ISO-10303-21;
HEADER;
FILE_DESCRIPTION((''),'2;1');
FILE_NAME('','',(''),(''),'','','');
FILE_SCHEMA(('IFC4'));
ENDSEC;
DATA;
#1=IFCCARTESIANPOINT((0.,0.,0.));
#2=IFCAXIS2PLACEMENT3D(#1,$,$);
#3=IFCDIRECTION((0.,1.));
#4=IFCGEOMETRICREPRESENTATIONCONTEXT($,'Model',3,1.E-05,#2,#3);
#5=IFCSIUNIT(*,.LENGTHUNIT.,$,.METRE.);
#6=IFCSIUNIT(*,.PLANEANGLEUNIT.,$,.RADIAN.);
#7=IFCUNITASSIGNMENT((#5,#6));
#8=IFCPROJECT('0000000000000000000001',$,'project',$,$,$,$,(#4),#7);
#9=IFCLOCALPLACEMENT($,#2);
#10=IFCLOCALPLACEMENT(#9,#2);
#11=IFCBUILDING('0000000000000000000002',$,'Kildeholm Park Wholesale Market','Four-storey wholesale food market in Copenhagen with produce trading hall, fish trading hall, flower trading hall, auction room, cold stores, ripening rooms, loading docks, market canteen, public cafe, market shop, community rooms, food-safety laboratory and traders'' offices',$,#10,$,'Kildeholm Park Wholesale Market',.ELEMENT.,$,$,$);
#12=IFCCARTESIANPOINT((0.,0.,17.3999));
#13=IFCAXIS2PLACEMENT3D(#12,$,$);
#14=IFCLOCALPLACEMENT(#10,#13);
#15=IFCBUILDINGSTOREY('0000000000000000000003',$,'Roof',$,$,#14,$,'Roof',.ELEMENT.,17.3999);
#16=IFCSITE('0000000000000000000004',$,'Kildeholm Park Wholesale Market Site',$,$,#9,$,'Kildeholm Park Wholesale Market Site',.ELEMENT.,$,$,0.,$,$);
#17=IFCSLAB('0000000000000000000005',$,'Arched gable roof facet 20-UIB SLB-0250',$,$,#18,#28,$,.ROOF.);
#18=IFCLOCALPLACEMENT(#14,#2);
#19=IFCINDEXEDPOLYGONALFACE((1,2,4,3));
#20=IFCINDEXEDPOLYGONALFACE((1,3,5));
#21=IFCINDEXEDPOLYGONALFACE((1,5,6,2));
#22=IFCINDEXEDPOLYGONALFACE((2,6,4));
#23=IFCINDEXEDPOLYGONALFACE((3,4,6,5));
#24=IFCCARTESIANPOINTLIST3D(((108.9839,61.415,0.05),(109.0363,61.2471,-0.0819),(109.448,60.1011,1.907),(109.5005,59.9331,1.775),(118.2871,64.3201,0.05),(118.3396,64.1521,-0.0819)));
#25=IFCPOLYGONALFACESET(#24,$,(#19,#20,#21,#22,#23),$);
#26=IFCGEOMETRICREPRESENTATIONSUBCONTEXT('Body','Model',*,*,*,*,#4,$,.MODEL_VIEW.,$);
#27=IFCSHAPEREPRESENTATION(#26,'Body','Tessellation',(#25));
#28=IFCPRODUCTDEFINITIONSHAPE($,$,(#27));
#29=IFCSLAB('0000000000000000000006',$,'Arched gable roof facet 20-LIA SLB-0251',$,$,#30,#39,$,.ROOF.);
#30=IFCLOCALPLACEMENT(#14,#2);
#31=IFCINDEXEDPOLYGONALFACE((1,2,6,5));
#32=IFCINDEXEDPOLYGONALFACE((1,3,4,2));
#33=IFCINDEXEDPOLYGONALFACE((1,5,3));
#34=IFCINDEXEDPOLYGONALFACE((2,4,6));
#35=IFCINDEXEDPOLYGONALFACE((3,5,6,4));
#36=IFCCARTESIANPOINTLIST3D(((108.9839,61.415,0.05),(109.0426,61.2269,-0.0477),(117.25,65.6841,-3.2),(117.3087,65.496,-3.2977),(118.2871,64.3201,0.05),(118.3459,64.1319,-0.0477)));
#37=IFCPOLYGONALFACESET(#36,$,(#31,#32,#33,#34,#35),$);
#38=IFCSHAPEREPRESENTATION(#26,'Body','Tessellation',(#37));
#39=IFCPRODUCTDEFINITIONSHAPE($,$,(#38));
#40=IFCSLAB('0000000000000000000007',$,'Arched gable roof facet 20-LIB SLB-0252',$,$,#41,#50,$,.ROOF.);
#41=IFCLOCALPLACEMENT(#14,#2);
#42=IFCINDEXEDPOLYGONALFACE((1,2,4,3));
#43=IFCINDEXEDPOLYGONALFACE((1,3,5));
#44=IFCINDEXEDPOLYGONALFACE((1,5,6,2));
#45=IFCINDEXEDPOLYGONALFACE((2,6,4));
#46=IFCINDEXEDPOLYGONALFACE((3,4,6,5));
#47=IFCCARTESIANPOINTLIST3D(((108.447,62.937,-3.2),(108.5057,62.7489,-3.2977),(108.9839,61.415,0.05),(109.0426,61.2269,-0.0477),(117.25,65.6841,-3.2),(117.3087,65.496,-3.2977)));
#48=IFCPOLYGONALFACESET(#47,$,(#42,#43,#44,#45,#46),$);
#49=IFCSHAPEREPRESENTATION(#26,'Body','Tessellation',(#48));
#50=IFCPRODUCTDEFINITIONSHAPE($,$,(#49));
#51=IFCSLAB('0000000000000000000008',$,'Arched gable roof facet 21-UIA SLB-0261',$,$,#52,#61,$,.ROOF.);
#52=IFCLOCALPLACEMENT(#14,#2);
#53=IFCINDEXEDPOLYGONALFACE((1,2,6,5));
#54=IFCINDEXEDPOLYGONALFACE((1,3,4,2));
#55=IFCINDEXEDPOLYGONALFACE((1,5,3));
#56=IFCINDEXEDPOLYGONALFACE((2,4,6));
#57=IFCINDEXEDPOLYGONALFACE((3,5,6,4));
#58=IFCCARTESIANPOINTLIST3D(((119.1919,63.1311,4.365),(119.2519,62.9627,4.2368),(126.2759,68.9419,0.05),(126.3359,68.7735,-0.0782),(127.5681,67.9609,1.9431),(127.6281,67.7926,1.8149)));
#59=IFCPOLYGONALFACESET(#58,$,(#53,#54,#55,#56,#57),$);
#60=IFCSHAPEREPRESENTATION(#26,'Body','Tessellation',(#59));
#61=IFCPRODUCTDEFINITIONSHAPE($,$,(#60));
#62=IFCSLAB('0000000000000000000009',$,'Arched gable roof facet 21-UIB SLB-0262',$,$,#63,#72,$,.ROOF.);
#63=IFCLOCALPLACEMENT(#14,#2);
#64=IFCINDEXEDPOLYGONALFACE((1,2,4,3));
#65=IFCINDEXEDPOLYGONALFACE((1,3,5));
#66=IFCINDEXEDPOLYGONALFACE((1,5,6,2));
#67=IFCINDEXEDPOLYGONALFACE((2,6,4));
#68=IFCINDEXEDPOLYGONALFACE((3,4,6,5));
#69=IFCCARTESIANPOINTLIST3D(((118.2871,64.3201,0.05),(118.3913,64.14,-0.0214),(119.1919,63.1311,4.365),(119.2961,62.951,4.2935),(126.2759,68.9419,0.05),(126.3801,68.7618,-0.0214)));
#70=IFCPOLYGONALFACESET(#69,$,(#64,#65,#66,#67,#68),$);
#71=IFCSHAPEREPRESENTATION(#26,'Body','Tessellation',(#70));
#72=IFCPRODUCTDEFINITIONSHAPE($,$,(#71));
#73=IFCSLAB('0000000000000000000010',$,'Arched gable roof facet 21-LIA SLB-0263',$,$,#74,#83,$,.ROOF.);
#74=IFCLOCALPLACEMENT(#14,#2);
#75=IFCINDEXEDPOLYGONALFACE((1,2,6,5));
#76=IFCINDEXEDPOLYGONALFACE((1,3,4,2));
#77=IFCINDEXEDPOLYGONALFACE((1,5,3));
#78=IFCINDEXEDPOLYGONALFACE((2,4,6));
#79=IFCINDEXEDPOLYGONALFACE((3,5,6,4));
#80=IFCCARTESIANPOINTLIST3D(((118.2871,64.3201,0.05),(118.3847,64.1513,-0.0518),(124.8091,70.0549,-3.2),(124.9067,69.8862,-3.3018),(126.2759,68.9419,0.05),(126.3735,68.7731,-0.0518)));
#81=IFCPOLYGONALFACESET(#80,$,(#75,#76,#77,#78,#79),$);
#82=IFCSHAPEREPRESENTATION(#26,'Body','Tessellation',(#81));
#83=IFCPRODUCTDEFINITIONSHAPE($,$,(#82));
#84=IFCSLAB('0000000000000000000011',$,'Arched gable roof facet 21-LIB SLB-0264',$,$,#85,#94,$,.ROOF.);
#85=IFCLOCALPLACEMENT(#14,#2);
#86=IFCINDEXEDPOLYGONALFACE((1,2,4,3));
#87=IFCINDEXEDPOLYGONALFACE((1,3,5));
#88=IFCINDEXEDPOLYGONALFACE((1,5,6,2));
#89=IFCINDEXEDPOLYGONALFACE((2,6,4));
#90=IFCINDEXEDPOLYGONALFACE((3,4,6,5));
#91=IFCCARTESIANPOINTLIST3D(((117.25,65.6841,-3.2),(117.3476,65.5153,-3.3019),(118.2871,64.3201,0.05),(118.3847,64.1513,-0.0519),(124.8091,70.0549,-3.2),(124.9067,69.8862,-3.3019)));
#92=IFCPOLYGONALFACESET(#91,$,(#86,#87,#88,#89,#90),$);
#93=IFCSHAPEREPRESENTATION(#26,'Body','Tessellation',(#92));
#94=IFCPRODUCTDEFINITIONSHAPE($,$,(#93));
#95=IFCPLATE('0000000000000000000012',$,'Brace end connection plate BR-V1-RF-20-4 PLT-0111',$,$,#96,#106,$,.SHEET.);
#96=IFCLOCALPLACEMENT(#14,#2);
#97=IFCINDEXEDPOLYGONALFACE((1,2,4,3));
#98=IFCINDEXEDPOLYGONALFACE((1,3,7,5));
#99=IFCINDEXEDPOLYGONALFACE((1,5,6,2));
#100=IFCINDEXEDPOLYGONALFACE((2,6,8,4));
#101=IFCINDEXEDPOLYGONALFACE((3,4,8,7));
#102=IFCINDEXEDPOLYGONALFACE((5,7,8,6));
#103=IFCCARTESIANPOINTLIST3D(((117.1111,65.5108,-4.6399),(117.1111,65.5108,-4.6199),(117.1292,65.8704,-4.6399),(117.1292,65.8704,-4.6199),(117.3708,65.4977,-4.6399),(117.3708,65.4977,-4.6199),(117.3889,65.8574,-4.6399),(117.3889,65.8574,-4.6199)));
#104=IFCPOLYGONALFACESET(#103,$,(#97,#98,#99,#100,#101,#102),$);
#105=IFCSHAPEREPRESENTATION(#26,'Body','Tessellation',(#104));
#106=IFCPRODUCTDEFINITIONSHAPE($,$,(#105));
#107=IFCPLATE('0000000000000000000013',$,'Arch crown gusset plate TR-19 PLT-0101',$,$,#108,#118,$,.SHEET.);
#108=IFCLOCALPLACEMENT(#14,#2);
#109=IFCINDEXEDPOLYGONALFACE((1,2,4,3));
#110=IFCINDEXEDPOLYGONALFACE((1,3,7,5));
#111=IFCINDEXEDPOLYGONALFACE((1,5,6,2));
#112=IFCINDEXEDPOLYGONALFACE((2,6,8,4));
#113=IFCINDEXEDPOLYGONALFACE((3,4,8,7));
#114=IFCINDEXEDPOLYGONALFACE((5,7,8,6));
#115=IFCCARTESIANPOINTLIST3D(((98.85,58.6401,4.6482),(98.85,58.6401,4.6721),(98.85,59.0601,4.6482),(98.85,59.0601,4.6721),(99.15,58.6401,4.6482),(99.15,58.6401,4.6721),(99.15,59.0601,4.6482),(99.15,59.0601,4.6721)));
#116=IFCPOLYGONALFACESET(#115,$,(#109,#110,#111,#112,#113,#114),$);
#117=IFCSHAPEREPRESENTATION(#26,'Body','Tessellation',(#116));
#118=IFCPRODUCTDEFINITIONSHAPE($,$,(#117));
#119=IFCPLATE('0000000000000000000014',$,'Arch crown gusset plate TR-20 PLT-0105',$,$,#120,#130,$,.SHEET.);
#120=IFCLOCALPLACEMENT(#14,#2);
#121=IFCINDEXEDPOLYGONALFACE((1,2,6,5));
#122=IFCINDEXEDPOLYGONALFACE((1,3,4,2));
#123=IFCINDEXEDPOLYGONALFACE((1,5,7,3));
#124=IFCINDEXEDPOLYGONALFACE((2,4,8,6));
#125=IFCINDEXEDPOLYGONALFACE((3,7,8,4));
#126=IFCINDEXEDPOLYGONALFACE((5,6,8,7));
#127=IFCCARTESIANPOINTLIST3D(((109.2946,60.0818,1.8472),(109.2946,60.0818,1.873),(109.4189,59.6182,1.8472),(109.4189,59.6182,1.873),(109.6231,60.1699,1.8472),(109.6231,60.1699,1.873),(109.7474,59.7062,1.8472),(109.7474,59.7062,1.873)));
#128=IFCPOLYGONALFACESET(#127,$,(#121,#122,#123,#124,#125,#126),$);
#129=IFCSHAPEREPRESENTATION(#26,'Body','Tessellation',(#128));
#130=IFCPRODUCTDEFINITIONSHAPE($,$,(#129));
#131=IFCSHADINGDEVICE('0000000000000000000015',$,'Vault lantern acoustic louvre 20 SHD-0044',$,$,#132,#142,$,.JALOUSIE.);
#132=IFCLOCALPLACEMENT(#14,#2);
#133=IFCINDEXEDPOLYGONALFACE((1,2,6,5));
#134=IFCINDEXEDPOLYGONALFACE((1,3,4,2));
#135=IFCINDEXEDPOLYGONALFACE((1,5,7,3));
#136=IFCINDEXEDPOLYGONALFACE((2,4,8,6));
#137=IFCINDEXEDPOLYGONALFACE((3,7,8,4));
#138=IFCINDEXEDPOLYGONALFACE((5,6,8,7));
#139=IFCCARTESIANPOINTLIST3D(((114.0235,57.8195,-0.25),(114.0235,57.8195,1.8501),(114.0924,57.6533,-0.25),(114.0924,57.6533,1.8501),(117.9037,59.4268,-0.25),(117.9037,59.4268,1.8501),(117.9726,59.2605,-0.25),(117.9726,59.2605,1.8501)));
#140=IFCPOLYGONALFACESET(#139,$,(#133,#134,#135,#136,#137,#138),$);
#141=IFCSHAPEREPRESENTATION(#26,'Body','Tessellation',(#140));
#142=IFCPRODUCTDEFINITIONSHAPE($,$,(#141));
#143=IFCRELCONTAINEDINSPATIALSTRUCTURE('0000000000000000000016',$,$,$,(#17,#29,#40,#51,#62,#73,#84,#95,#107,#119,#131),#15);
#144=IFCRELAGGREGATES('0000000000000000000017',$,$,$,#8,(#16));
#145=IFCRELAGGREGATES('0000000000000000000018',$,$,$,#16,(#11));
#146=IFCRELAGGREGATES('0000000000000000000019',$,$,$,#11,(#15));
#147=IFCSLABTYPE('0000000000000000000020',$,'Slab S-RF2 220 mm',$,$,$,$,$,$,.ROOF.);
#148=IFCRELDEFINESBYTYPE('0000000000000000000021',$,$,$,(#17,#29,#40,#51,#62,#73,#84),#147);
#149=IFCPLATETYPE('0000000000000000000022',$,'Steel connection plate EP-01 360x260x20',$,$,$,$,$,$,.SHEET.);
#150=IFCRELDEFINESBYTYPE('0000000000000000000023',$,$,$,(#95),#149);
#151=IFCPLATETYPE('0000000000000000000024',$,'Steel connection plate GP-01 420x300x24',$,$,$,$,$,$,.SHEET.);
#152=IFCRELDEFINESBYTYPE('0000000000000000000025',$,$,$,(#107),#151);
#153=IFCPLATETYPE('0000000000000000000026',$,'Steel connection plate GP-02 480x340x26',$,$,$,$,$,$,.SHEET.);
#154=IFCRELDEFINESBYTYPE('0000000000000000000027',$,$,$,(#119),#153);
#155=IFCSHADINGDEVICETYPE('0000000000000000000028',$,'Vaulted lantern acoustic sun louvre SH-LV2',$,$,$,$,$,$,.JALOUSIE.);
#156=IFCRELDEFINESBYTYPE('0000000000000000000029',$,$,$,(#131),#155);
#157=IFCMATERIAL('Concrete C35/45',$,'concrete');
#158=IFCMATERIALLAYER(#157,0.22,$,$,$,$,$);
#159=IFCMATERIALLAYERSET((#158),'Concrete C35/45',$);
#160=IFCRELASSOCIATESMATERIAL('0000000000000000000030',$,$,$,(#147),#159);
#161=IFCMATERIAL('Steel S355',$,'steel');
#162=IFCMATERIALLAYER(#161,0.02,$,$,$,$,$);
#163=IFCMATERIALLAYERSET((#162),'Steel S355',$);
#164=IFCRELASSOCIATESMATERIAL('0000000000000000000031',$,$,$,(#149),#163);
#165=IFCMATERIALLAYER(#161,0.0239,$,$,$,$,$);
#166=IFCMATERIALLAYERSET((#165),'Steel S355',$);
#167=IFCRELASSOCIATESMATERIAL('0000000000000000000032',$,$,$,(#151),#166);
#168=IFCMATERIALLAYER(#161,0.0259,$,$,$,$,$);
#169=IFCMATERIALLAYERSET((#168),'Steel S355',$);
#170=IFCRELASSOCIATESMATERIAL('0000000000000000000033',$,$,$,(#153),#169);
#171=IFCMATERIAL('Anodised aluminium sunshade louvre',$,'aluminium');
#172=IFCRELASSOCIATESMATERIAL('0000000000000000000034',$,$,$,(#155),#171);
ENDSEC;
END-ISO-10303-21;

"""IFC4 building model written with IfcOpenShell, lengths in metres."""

from ifc_helpers import new_model, si_unit, direction, frame, origin, origin_2d, place, context, subcontext, project, spatial, polyline, rectangle, outline, extrude, material, layer, layer_set, type_object, element, save


model = new_model("IFC4")

# Units and contexts
model_context = context("Model", 3, precision=1e-05, world=origin(), true_north=direction((0.0, 1.0)))
body_context = subcontext(model_context, "Body", "Model", "MODEL_VIEW")
ifc_project = project(units=[si_unit("LENGTHUNIT", "METRE"), si_unit("PLANEANGLEUNIT", "RADIAN")], contexts=[model_context])

# Site, building, storey
site_placement = place(None, origin())
site = spatial("IfcSite", under=ifc_project, at=site_placement, Name="Kildeholm Park Wholesale Market Site", LongName="Kildeholm Park Wholesale Market Site", CompositionType="ELEMENT", RefElevation=0.0)
building_placement = place(site_placement, origin())
building = spatial("IfcBuilding", under=site, at=building_placement, Name="Kildeholm Park Wholesale Market", Description="Four-storey wholesale food market in Copenhagen with produce trading hall, fish trading hall, flower trading hall, auction room, cold stores, ripening rooms, loading docks, market canteen, public cafe, market shop, community rooms, food-safety laboratory and traders' offices", LongName="Kildeholm Park Wholesale Market", CompositionType="ELEMENT")
storey_placement = place(building_placement, frame((0.0, 0.0, 17.3999)))
storey = spatial("IfcBuildingStorey", under=building, at=storey_placement, Name="Roof", LongName="Roof", CompositionType="ELEMENT", Elevation=17.3999)

# Shared definitions
ifc_material_1 = material(Name="Steel S355", Category="steel")

# Slabs
ifc_material_2 = material(Name="Concrete C35/45", Category="concrete")
ifc_layer_1 = layer(ifc_material_2, 0.22)
ifc_layer_set_1 = layer_set([ifc_layer_1], Name="Concrete C35/45")
slab_type = type_object("IfcSlabType", Name="Slab S-RF2 220 mm", PredefinedType="ROOF", material=ifc_layer_set_1)
slab_1_placement = place(storey_placement, frame((109.448, 60.1011, 1.907), z_axis=(-0.238461, 0.763661, 0.599965), x_axis=(0.886673, 0.423218, -0.186274)))
element("IfcSlab", 1, at=slab_1_placement, inside=storey, type_object=slab_type, Name="Arched gable roof facet 20-UIB SLB-0250", PredefinedType="ROOF", context=body_context, shape_type="SweptSolid", body=[
    extrude(outline(polyline([(0.0, 0.0), (9.9689, 0.0), (0.4905, 2.2693), (0.0, 0.0)])), origin(), (0.0, 0.0, -1.0), 0.22),
])
slab_2_placement = place(storey_placement, frame((108.9839, 61.415, 0.05), z_axis=(-0.267053, 0.855225, 0.444154), x_axis=(0.954545, 0.298067, 0.0)))
element("IfcSlab", 2, at=slab_2_placement, inside=storey, type_object=slab_type, Name="Arched gable roof facet 20-LIA SLB-0251", PredefinedType="ROOF", context=body_context, shape_type="SweptSolid", body=[
    extrude(outline(polyline([(0.0, 0.0), (9.7462, 0.0), (9.1628, 3.6274), (0.0, 0.0)])), origin(), (0.0, 0.0, -1.0), 0.22),
])
slab_3_placement = place(storey_placement, frame((108.9839, 61.415, 0.05), z_axis=(-0.266844, 0.855099, 0.444522), x_axis=(0.838796, 0.433197, -0.329791)))
element("IfcSlab", 3, at=slab_3_placement, inside=storey, type_object=slab_type, Name="Arched gable roof facet 20-LIB SLB-0252", PredefinedType="ROOF", context=body_context, shape_type="SweptSolid", body=[
    extrude(outline(polyline([(0.0, 0.0), (9.8547, 0.0), (1.2808, 3.3951), (0.0, 0.0)])), origin(), (0.0, 0.0, -1.0), 0.22),
])
slab_4_placement = place(storey_placement, frame((119.1919, 63.1311, 4.365), z_axis=(-0.27282, 0.765409, 0.582854), x_axis=(0.840341, 0.484551, -0.242974)))
element("IfcSlab", 4, at=slab_4_placement, inside=storey, type_object=slab_type, Name="Arched gable roof facet 21-UIA SLB-0261", PredefinedType="ROOF", context=body_context, shape_type="SweptSolid", body=[
    extrude(outline(polyline([(0.0, 0.0), (9.9676, 0.0), (9.817, 2.4886), (0.0, 0.0)])), origin(), (0.0, 0.0, -1.0), 0.22),
])
slab_5_placement = place(storey_placement, frame((119.1919, 63.1311, 4.365), z_axis=(-0.473608, 0.818626, 0.324879), x_axis=(0.699478, 0.573762, -0.426061)))
element("IfcSlab", 5, at=slab_5_placement, inside=storey, type_object=slab_type, Name="Arched gable roof facet 21-UIB SLB-0262", PredefinedType="ROOF", context=body_context, shape_type="SweptSolid", body=[
    extrude(outline(polyline([(0.0, 0.0), (10.1275, 0.0), (1.8877, 4.1578), (0.0, 0.0)])), origin(), (0.0, 0.0, -1.0), 0.22),
])
slab_6_placement = place(storey_placement, frame((118.2871, 64.3201, 0.05), z_axis=(-0.443848, 0.767186, 0.463059), x_axis=(0.865579, 0.500772, 0.0)))
element("IfcSlab", 6, at=slab_6_placement, inside=storey, type_object=slab_type, Name="Arched gable roof facet 21-LIA SLB-0263", PredefinedType="ROOF", context=body_context, shape_type="SweptSolid", body=[
    extrude(outline(polyline([(0.0, 0.0), (9.2294, 0.0), (8.5171, 3.6668), (0.0, 0.0)])), origin(), (0.0, 0.0, -1.0), 0.22),
])
slab_7_placement = place(storey_placement, frame((118.2871, 64.3201, 0.05), z_axis=(-0.443554, 0.767096, 0.46349), x_axis=(0.703334, 0.618452, -0.350482)))
element("IfcSlab", 7, at=slab_7_placement, inside=storey, type_object=slab_type, Name="Arched gable roof facet 21-LIB SLB-0264", PredefinedType="ROOF", context=body_context, shape_type="SweptSolid", body=[
    extrude(outline(polyline([(0.0, 0.0), (9.2729, 0.0), (1.2532, 3.4537), (0.0, 0.0)])), origin(), (0.0, 0.0, -1.0), 0.22),
])

# Plates
ifc_layer_2 = layer(ifc_material_1, 0.02)
ifc_layer_set_2 = layer_set([ifc_layer_2], Name="Steel S355")
plate_type_1 = type_object("IfcPlateType", Name="Steel connection plate EP-01 360x260x20", PredefinedType="SHEET", material=ifc_layer_set_2)
plate_1_placement = place(storey_placement, frame((117.25, 65.6841, -4.6399), z_axis=(0.0, 0.0, 1.0), x_axis=(0.050244, 0.998737, 0.0)))
element("IfcPlate", 8, at=plate_1_placement, inside=storey, type_object=plate_type_1, Name="Brace end connection plate BR-V1-RF-20-4 PLT-0111", PredefinedType="SHEET", context=body_context, shape_type="SweptSolid", body=[
    extrude(rectangle(XDim=0.3601, YDim=0.26, at=origin_2d()), origin(), (0.0, 0.0, 1.0), 0.02),
])
ifc_layer_3 = layer(ifc_material_1, 0.0239)
ifc_layer_set_3 = layer_set([ifc_layer_3], Name="Steel S355")
plate_type_2 = type_object("IfcPlateType", Name="Steel connection plate GP-01 420x300x24", PredefinedType="SHEET", material=ifc_layer_set_3)
plate_2_placement = place(storey_placement, frame((99.0, 58.8501, 4.6482), z_axis=(0.0, 0.0, 1.0), x_axis=(0.0, -1.0, 0.0)))
element("IfcPlate", 9, at=plate_2_placement, inside=storey, type_object=plate_type_2, Name="Arch crown gusset plate TR-19 PLT-0101", PredefinedType="SHEET", context=body_context, shape_type="SweptSolid", body=[
    extrude(rectangle(XDim=0.4199, YDim=0.3, at=origin_2d()), origin(), (0.0, 0.0, 1.0), 0.0239),
])
ifc_layer_4 = layer(ifc_material_1, 0.0259)
ifc_layer_set_4 = layer_set([ifc_layer_4], Name="Steel S355")
plate_type_3 = type_object("IfcPlateType", Name="Steel connection plate GP-02 480x340x26", PredefinedType="SHEET", material=ifc_layer_set_4)
plate_3_placement = place(storey_placement, frame((109.521, 59.894, 1.8472), z_axis=(0.0, 0.0, 1.0), x_axis=(0.258819, -0.965926, 0.0)))
element("IfcPlate", 10, at=plate_3_placement, inside=storey, type_object=plate_type_3, Name="Arch crown gusset plate TR-20 PLT-0105", PredefinedType="SHEET", context=body_context, shape_type="SweptSolid", body=[
    extrude(rectangle(XDim=0.48, YDim=0.3401, at=origin_2d()), origin(), (0.0, 0.0, 1.0), 0.0259),
])

# Shading device
ifc_material_3 = material(Name="Anodised aluminium sunshade louvre", Category="aluminium")
shading_device_type = type_object("IfcShadingDeviceType", Name="Vaulted lantern acoustic sun louvre SH-LV2", PredefinedType="JALOUSIE", material=ifc_material_3)
shading_device_placement = place(storey_placement, frame((115.998, 58.54, -0.25), z_axis=(0.0, 0.0, 1.0), x_axis=(0.92388, 0.382683, 0.0)))
element("IfcShadingDevice", 11, at=shading_device_placement, inside=storey, type_object=shading_device_type, Name="Vault lantern acoustic louvre 20 SHD-0044", PredefinedType="JALOUSIE", context=body_context, shape_type="SweptSolid", body=[
    extrude(rectangle(XDim=4.2, YDim=0.1799, at=origin_2d()), origin(), (0.0, 0.0, 1.0), 2.1001),
])

save(model, "model.ifc")
